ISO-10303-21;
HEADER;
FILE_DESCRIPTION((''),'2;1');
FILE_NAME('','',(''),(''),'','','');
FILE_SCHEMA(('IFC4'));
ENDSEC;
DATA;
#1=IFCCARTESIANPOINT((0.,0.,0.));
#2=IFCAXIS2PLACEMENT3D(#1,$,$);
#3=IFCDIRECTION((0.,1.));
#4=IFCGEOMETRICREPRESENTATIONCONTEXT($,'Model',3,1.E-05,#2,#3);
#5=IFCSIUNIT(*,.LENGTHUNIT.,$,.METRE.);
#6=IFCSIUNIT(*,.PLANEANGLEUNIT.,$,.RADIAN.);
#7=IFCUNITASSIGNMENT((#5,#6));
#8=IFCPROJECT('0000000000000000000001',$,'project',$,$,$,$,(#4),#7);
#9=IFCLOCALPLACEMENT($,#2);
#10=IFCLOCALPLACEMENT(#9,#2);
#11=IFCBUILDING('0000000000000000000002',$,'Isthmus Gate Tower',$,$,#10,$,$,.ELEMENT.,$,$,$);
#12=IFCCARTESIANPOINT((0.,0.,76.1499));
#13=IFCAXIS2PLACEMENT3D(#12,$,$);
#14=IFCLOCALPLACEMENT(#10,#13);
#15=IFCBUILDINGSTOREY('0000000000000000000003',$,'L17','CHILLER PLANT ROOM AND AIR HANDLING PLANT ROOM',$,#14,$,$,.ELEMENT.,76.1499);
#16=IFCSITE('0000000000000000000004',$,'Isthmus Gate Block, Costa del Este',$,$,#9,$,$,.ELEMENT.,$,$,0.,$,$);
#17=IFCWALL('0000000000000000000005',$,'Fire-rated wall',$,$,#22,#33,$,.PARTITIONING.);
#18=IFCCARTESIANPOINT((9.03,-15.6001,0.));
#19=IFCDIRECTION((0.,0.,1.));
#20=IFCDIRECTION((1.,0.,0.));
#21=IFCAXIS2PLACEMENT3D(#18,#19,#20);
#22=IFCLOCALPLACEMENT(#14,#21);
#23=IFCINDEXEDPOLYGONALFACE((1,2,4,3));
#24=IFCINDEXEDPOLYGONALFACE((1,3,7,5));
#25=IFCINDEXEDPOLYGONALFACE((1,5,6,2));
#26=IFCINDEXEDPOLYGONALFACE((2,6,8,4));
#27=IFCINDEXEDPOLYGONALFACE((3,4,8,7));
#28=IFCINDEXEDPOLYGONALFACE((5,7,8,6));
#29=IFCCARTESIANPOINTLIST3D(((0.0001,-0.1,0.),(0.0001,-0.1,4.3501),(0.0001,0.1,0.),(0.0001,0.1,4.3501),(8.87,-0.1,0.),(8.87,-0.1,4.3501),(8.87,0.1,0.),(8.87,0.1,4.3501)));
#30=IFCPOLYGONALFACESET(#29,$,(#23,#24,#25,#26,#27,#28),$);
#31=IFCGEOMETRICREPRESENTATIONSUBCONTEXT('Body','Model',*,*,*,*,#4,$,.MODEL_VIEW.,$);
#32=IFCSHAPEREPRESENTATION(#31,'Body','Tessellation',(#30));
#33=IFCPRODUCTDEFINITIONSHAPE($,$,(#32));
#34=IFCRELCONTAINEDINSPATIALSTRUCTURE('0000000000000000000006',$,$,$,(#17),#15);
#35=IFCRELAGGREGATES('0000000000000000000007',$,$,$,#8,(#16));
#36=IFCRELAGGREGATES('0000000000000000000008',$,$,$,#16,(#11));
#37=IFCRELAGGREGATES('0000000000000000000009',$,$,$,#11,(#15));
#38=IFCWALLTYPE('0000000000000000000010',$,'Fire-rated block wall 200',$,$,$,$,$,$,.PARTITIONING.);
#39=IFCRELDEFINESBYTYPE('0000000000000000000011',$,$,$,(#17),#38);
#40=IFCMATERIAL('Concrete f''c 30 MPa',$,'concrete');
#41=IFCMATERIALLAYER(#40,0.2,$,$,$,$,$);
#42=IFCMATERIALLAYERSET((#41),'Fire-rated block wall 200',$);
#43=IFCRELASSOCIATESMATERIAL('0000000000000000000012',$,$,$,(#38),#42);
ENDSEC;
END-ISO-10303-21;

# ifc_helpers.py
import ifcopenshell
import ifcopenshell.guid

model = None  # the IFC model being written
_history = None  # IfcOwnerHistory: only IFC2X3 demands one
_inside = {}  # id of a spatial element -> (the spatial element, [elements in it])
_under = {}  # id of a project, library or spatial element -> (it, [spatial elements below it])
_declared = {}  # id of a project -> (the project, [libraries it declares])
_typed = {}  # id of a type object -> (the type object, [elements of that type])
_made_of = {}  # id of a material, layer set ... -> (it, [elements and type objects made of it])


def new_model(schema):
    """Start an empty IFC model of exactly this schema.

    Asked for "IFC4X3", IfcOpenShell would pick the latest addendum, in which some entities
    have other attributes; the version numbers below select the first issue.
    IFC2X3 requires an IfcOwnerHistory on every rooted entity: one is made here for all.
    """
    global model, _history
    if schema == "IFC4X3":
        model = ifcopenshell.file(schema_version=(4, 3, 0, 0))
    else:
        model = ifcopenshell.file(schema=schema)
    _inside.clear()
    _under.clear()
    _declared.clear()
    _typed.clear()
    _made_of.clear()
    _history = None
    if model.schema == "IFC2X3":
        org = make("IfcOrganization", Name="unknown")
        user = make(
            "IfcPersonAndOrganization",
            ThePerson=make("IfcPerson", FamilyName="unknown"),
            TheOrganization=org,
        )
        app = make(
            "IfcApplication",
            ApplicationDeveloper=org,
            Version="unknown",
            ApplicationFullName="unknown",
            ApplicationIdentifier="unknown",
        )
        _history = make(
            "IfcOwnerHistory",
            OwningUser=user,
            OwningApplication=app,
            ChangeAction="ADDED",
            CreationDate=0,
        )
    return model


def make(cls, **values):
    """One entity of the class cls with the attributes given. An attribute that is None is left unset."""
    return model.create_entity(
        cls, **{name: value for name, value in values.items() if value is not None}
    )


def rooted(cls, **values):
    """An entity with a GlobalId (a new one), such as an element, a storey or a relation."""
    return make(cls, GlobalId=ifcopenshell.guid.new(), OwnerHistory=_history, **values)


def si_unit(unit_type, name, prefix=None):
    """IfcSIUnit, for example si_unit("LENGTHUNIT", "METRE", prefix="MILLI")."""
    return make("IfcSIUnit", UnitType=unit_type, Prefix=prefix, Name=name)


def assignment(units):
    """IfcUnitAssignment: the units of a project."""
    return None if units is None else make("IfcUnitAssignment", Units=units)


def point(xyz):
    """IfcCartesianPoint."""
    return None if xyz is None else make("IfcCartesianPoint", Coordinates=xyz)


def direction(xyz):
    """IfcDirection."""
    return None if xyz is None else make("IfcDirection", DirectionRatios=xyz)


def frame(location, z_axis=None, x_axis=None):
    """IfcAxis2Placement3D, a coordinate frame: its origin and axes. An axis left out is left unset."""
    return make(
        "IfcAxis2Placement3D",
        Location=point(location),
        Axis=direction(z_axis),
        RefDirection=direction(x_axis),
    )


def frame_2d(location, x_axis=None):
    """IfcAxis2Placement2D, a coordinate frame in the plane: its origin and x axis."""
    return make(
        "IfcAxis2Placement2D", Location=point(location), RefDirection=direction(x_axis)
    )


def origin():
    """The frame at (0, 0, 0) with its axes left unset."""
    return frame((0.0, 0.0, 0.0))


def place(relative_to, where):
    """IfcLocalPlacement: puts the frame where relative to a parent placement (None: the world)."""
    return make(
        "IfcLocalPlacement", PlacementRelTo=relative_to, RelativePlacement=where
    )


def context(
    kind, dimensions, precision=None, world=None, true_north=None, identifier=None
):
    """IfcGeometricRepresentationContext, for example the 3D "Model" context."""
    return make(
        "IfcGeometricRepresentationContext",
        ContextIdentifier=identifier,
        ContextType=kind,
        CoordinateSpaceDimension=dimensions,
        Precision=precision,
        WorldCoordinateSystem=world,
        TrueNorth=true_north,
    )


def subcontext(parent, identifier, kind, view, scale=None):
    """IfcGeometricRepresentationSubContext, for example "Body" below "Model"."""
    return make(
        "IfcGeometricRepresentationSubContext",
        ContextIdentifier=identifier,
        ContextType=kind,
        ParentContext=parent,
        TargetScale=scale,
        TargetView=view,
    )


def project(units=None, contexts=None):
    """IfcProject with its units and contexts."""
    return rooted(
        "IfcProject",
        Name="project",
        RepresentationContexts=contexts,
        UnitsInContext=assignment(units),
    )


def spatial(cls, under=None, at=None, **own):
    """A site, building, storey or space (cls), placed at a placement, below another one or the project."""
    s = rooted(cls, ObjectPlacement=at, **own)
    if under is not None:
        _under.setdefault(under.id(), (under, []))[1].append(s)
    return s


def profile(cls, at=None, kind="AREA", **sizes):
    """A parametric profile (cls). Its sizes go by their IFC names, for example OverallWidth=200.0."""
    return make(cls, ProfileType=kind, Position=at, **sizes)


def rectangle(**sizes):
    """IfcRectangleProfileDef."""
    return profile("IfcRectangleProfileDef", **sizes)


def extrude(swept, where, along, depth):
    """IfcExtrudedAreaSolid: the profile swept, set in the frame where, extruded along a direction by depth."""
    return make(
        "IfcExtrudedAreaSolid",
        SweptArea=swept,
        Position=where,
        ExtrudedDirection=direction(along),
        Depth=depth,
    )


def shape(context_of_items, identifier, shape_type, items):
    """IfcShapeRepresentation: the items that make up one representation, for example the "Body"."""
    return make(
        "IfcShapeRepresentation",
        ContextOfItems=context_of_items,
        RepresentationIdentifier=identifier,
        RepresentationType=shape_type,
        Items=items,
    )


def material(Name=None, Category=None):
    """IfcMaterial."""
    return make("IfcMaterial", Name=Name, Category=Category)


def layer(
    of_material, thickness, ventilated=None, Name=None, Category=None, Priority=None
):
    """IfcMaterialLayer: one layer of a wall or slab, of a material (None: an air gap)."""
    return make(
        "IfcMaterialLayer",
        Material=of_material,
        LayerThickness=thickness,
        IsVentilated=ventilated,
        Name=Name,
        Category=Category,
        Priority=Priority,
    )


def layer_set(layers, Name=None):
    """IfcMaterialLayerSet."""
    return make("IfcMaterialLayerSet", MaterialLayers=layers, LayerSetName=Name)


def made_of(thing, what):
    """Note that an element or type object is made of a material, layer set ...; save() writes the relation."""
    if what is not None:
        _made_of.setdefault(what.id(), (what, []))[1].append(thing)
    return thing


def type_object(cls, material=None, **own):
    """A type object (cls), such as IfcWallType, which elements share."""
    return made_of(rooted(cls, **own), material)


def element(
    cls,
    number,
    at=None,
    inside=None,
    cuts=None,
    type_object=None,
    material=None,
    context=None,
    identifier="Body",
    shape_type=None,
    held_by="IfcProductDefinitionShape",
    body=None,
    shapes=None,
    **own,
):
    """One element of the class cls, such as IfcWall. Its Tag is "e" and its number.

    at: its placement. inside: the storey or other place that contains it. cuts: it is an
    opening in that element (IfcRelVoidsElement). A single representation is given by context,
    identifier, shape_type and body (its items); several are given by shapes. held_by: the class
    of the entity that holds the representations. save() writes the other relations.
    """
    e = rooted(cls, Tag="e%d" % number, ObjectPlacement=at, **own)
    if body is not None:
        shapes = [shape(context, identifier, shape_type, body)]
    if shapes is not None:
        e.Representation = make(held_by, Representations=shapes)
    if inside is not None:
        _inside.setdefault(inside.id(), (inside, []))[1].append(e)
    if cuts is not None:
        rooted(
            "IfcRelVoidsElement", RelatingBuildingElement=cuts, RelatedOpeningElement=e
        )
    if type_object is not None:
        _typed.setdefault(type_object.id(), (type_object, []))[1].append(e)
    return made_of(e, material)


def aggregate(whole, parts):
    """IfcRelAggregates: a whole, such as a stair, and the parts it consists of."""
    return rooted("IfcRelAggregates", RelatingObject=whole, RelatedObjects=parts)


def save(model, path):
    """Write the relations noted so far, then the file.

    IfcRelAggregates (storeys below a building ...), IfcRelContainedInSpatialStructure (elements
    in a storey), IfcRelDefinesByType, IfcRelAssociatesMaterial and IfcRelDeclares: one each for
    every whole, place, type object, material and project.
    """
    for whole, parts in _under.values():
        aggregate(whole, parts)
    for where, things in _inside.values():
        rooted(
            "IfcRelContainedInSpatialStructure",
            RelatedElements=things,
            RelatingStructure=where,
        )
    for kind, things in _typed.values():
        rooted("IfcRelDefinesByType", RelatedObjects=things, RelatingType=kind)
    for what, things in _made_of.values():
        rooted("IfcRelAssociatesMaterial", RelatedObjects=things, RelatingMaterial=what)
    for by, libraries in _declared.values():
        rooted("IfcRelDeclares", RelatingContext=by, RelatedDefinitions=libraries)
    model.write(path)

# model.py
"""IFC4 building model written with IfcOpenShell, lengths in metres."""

from ifc_helpers import new_model, si_unit, direction, frame, frame_2d, origin, place, context, subcontext, project, spatial, rectangle, extrude, material, layer, layer_set, type_object, element, save


model = new_model("IFC4")

# Units and contexts
model_context = context("Model", 3, precision=1e-05, world=origin(), true_north=direction((0.0, 1.0)))
body_context = subcontext(model_context, "Body", "Model", "MODEL_VIEW")
ifc_project = project(units=[si_unit("LENGTHUNIT", "METRE"), si_unit("PLANEANGLEUNIT", "RADIAN")], contexts=[model_context])

# Site, building, storey
site_placement = place(None, origin())
site = spatial("IfcSite", under=ifc_project, at=site_placement, Name="Isthmus Gate Block, Costa del Este", CompositionType="ELEMENT", RefElevation=0.0)
building_placement = place(site_placement, origin())
building = spatial("IfcBuilding", under=site, at=building_placement, Name="Isthmus Gate Tower", CompositionType="ELEMENT")
storey_placement = place(building_placement, frame((0.0, 0.0, 76.1499)))
storey = spatial("IfcBuildingStorey", under=building, at=storey_placement, Name="L17", Description="CHILLER PLANT ROOM AND AIR HANDLING PLANT ROOM", CompositionType="ELEMENT", Elevation=76.1499)

# Shared definitions
ifc_material_1 = material(Name="Concrete f'c 30 MPa", Category="concrete")
ifc_layer_1 = layer(ifc_material_1, 0.2)
ifc_layer_set_1 = layer_set([ifc_layer_1], Name="Fire-rated block wall 200")
wall_type_1 = type_object("IfcWallType", Name="Fire-rated block wall 200", PredefinedType="PARTITIONING", material=ifc_layer_set_1)

# Wall
wall_1_placement = place(storey_placement, frame((9.03, -15.6001, 0.0), z_axis=(0.0, 0.0, 1.0), x_axis=(1.0, 0.0, 0.0)))
element("IfcWall", 1, at=wall_1_placement, inside=storey, type_object=wall_type_1, Name="Fire-rated wall", PredefinedType="PARTITIONING", context=body_context, shape_type="SweptSolid", body=[
    extrude(rectangle(XDim=8.8699, YDim=0.2, at=frame_2d((4.4351, 0.0))), origin(), (0.0, 0.0, 1.0), 4.3501),
])

save(model, "model.ifc")
